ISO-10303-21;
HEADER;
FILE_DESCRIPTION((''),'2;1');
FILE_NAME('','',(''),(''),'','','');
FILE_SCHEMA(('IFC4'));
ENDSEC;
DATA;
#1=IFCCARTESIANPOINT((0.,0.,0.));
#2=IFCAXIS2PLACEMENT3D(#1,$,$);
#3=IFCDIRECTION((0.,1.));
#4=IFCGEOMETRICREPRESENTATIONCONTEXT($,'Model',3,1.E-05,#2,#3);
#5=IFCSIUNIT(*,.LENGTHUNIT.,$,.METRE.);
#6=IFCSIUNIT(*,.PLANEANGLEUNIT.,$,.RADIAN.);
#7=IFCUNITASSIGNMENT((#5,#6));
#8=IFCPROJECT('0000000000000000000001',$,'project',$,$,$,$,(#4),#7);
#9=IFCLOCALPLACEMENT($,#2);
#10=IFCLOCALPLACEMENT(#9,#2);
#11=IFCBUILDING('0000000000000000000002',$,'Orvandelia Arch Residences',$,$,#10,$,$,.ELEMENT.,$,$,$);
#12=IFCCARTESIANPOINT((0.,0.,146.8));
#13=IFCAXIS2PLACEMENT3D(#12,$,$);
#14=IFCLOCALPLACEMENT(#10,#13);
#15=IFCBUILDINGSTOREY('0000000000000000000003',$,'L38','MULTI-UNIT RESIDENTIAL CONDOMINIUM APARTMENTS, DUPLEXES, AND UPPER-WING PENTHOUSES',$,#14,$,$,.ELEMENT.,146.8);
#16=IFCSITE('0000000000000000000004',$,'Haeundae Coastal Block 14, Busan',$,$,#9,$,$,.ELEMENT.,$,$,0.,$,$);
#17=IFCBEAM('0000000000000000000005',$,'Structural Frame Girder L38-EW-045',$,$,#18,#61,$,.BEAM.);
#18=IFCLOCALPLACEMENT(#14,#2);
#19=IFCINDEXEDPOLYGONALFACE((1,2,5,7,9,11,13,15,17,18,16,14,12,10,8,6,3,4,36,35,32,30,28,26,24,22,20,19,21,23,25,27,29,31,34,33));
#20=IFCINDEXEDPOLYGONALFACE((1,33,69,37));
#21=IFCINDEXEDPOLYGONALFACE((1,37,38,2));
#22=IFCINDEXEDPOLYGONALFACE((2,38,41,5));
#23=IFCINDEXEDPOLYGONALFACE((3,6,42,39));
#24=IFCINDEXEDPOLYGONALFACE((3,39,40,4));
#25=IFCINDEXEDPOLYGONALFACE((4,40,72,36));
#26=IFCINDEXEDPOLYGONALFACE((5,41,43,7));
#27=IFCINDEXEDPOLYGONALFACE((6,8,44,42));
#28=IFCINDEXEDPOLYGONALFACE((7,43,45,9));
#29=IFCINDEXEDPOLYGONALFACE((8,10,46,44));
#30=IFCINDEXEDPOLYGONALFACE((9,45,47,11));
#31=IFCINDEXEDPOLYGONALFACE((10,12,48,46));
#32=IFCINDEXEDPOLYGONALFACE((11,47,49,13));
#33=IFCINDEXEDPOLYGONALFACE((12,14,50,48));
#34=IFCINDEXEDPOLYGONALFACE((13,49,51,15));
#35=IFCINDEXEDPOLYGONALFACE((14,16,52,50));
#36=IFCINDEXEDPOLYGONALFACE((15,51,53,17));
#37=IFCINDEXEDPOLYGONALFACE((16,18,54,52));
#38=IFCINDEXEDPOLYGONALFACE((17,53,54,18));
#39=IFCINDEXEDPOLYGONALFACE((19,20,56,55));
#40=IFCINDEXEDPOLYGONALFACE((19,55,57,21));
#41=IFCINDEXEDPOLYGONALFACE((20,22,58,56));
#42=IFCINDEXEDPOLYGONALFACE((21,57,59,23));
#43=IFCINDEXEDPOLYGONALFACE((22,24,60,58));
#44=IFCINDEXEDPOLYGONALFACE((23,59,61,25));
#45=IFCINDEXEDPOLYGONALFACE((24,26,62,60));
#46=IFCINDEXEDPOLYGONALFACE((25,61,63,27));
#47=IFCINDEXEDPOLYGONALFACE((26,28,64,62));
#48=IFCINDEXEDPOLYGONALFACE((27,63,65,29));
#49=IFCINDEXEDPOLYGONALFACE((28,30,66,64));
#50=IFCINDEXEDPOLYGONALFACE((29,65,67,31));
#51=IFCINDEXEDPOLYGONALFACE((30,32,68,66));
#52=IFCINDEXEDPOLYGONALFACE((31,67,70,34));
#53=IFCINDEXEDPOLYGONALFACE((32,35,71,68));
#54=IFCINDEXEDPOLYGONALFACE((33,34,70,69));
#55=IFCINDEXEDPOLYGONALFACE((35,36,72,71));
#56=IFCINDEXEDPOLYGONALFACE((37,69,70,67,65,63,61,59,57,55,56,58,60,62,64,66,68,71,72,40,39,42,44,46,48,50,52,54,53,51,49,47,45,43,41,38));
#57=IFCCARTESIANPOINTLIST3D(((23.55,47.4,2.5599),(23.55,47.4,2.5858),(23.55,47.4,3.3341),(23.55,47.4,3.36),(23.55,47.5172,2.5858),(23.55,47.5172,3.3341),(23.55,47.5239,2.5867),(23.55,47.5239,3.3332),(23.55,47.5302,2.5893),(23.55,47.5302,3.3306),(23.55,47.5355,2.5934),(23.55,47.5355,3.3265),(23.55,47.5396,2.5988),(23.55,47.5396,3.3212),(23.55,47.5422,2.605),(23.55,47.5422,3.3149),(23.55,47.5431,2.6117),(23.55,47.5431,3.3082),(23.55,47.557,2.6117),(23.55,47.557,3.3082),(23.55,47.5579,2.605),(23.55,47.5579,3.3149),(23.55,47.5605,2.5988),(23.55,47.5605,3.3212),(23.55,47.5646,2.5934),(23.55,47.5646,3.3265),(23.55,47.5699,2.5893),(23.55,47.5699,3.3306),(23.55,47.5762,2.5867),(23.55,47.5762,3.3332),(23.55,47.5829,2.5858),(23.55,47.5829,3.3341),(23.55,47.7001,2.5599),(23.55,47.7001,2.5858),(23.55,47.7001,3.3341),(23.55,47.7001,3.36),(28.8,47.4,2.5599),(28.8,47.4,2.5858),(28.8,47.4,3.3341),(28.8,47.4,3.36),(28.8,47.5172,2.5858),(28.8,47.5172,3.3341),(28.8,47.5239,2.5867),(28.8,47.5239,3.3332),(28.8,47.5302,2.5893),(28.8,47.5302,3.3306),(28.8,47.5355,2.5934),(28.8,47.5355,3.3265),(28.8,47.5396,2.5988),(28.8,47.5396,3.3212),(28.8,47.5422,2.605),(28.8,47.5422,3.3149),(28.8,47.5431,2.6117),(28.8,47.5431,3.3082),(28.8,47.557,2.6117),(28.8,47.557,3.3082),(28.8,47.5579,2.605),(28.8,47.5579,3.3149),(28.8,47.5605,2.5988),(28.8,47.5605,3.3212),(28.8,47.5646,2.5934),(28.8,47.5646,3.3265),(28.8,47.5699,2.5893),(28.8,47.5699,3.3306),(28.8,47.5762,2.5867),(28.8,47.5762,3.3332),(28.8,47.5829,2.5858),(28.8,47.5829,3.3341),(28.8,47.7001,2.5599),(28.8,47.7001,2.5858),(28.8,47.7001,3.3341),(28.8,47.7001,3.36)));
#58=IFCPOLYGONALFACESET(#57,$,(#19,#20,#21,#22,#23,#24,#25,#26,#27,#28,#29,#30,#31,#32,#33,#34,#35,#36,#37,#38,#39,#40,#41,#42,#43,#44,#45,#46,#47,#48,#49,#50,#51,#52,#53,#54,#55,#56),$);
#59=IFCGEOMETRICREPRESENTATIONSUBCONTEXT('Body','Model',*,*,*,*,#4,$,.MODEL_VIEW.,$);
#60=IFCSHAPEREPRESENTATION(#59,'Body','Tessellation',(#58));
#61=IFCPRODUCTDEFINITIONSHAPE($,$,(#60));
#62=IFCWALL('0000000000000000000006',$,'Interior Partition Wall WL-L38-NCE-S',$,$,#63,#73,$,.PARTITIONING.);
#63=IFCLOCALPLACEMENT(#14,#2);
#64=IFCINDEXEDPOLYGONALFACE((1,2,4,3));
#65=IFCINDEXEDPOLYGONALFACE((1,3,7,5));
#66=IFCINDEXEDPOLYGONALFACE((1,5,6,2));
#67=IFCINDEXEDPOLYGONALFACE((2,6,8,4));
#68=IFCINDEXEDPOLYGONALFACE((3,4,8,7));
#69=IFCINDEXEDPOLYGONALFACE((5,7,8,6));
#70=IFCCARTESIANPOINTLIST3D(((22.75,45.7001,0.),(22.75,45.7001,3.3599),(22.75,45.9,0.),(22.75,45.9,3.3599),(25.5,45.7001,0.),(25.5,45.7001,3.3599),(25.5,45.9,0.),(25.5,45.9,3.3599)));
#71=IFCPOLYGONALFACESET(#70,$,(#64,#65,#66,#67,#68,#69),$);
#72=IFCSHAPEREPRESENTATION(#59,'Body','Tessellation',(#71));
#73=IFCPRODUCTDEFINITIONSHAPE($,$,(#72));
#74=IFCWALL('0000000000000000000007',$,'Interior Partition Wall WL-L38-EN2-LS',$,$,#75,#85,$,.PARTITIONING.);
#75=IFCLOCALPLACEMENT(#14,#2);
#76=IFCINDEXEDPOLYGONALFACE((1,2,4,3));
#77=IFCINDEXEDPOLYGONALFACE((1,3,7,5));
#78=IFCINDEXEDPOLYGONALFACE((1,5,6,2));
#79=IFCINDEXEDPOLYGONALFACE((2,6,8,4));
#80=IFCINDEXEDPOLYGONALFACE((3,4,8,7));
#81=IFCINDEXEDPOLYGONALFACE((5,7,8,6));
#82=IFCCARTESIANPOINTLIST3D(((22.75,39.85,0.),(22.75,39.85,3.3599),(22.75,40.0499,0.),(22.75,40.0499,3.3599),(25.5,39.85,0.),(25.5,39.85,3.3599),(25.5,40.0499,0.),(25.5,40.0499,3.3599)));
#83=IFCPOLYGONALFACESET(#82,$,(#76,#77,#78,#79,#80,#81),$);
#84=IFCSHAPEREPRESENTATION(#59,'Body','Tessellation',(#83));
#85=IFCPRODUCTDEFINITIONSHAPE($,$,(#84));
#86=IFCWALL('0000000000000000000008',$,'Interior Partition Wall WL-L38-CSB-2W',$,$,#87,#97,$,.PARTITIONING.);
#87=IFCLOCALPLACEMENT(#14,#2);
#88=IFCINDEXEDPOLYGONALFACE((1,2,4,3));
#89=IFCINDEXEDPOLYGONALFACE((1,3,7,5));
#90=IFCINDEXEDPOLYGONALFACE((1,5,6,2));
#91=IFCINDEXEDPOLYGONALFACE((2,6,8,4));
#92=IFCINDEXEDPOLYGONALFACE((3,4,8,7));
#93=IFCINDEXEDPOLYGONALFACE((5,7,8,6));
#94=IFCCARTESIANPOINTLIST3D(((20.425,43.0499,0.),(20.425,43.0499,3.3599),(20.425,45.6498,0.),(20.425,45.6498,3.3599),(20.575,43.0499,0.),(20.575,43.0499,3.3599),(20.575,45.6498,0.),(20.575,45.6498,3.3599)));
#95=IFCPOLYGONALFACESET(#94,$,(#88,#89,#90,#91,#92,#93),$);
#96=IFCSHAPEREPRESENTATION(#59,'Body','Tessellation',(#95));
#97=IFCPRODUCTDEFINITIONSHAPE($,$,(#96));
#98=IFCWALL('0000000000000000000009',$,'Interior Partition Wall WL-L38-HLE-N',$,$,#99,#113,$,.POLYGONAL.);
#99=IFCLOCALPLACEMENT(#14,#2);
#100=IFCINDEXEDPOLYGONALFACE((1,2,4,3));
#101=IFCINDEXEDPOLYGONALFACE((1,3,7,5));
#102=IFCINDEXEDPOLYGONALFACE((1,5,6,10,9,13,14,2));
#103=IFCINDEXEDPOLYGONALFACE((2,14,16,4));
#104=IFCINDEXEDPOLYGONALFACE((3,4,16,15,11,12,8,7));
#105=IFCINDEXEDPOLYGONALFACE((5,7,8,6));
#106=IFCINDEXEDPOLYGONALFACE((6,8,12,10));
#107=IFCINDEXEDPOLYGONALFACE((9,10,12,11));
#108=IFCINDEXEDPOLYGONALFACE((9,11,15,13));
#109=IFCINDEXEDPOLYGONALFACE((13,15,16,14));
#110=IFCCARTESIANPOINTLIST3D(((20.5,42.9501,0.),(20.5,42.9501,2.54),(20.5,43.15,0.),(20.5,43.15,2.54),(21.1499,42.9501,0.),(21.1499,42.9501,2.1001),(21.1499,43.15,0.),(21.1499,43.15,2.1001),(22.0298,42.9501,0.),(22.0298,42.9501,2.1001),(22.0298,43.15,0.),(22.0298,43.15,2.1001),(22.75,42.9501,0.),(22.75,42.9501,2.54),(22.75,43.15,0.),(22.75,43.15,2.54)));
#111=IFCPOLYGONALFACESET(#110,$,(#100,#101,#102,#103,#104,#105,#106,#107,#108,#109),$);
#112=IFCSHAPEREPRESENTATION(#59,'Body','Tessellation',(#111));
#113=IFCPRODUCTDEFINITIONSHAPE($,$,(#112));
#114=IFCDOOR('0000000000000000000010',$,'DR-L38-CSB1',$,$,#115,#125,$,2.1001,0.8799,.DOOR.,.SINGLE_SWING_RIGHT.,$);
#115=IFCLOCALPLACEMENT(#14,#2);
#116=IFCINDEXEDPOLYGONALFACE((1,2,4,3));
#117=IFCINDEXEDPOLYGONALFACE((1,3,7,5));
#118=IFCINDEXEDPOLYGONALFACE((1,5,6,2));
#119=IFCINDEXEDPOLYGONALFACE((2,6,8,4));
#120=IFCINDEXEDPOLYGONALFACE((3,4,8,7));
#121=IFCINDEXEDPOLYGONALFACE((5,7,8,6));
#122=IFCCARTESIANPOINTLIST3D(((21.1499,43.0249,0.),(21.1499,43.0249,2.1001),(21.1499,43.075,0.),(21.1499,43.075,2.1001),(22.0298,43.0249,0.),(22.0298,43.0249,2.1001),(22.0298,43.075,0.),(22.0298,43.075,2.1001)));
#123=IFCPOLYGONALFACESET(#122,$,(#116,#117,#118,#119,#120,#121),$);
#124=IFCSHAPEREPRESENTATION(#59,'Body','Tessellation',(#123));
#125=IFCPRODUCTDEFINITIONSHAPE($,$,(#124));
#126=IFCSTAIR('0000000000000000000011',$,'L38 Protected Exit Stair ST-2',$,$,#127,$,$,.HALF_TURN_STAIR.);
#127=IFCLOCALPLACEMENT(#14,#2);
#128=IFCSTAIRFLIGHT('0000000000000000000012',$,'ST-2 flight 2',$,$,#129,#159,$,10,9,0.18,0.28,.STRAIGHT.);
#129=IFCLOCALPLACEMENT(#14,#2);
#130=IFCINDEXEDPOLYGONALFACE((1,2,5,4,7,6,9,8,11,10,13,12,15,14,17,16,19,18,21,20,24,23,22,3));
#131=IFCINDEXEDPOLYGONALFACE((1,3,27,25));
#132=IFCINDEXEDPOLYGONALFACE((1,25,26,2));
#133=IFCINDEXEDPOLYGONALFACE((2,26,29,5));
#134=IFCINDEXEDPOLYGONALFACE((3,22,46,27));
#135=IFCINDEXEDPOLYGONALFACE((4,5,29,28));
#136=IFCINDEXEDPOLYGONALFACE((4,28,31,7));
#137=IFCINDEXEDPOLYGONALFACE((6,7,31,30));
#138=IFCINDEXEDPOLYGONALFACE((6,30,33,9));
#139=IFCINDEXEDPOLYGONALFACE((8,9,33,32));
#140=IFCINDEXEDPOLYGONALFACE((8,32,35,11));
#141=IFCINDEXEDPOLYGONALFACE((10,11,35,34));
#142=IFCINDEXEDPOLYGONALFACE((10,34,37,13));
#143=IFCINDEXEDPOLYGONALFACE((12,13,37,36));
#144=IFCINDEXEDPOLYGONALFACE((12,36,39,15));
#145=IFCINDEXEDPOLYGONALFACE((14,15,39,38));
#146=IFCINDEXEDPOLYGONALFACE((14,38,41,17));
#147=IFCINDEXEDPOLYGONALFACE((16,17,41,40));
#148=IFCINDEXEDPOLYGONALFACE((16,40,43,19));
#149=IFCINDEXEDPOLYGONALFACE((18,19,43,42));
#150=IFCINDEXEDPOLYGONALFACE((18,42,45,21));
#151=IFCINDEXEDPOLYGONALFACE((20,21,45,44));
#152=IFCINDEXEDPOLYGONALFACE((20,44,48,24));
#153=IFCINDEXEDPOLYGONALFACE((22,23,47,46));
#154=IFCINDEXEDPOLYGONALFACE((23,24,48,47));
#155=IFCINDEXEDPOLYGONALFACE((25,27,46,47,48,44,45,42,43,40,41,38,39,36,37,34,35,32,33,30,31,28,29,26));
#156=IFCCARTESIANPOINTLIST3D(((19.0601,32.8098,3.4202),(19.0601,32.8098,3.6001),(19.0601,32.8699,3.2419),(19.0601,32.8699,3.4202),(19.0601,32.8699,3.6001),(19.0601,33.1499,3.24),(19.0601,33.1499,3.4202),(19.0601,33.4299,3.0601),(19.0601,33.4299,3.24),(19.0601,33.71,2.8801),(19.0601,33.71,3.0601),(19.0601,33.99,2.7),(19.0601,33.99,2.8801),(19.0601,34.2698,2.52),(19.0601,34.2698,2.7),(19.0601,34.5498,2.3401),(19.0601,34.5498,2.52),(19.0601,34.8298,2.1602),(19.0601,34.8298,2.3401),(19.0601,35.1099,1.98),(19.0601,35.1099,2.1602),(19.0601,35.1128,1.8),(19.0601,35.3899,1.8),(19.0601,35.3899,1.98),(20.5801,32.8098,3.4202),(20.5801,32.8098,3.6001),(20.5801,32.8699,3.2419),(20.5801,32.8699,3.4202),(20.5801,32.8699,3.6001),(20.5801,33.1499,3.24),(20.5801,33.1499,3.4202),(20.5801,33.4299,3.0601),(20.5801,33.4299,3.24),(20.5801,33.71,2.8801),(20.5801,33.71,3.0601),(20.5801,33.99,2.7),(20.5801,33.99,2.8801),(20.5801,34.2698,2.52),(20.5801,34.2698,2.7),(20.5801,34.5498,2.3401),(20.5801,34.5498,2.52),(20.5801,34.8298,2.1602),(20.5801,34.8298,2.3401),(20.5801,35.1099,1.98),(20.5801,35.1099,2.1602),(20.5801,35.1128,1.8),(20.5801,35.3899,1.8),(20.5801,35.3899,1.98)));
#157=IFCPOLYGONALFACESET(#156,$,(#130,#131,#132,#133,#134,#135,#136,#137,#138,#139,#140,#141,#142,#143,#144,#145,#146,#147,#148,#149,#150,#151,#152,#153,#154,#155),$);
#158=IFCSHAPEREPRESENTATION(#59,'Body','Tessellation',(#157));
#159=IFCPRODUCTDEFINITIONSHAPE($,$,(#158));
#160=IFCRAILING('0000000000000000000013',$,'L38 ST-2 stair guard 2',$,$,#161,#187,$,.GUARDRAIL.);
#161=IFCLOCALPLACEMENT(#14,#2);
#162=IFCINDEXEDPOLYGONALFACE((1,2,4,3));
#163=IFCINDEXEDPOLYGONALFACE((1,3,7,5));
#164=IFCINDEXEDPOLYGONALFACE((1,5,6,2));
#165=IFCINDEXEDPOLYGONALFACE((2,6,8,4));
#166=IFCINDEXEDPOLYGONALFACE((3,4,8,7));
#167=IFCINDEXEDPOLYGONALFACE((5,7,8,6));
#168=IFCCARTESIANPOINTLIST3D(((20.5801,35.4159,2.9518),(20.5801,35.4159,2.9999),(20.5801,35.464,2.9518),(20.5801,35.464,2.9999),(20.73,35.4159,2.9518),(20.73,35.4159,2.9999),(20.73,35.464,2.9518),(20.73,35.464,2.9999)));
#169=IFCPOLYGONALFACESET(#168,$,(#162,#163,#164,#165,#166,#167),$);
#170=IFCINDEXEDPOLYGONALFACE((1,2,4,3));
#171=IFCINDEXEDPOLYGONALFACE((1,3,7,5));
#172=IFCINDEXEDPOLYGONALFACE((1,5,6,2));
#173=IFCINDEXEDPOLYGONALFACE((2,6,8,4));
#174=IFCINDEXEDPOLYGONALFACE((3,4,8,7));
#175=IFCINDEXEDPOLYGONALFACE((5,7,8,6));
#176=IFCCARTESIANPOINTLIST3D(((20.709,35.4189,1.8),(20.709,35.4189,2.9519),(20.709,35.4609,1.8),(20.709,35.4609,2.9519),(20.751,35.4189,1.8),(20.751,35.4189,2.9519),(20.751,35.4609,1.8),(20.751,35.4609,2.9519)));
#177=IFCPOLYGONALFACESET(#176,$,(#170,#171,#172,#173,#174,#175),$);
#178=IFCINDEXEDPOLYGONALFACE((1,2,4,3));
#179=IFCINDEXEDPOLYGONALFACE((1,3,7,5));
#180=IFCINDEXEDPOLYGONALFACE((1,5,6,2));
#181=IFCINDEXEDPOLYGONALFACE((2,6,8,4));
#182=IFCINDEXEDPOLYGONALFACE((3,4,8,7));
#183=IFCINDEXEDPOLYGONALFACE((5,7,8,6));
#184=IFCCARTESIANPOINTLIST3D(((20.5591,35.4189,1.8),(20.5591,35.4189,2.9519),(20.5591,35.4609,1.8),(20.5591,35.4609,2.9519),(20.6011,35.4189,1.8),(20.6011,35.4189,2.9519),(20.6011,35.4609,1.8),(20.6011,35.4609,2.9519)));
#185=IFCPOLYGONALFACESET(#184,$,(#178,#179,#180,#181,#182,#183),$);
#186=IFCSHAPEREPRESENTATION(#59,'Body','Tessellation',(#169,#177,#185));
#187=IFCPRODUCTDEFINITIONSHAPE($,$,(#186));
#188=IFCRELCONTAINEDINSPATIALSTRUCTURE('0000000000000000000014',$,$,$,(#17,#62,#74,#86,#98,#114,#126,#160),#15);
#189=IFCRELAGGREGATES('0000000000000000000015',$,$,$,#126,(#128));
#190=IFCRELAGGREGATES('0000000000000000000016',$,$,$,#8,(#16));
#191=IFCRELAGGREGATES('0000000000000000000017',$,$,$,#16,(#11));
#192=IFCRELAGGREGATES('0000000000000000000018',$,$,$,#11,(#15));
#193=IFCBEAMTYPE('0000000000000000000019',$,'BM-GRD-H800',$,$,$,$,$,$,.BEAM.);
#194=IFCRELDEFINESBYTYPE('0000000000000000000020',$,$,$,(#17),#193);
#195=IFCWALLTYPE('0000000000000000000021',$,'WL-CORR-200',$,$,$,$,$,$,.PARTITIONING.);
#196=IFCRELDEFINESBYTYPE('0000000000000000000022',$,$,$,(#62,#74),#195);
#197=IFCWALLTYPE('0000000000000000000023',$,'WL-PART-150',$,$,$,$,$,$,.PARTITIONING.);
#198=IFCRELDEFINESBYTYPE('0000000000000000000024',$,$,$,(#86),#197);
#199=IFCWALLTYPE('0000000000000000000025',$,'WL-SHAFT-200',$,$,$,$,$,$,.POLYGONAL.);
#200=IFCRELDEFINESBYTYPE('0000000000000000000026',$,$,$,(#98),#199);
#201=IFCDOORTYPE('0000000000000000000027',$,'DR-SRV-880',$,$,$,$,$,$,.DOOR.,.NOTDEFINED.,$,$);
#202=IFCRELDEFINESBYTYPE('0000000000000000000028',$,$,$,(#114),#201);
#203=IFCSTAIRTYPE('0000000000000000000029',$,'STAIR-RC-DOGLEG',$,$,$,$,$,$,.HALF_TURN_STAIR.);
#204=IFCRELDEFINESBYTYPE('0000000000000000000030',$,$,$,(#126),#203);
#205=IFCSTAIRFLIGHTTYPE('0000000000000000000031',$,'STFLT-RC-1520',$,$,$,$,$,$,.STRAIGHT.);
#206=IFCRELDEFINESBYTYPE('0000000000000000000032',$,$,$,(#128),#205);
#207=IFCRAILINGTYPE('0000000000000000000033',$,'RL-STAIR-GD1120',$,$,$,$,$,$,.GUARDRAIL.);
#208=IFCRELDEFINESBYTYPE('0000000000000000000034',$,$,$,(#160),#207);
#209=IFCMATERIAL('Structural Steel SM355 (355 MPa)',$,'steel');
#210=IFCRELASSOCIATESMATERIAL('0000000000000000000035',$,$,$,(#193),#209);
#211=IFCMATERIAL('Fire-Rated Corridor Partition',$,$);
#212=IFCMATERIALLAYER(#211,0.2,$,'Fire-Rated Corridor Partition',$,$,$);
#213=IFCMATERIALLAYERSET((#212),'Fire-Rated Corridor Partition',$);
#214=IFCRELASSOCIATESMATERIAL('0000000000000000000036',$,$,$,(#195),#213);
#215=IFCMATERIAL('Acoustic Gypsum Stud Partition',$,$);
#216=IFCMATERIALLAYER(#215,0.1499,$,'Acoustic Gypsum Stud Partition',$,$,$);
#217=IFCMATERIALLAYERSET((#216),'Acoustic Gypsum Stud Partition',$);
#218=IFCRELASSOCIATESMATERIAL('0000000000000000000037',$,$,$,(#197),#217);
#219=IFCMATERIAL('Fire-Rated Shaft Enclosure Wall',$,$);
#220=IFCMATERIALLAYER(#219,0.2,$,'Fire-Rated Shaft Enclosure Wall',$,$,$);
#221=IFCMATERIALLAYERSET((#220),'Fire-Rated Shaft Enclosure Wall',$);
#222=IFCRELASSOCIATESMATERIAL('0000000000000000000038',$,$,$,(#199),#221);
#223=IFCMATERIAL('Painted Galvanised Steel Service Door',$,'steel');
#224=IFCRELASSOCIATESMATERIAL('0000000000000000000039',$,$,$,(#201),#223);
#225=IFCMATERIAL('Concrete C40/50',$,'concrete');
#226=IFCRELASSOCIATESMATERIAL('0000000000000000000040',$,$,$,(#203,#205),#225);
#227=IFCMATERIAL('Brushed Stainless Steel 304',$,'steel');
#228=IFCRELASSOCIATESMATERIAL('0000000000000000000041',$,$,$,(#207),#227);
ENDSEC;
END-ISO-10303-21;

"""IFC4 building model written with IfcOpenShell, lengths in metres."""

from ifc_helpers import new_model, si_unit, direction, frame, frame_2d, origin, origin_2d, place, context, subcontext, project, spatial, polyline, rectangle, i_section, outline, extrude, material, layer, layer_set, material_profile, profile_set, type_object, element, fill, aggregate, save


model = new_model("IFC4")

# Units and contexts
model_context = context("Model", 3, precision=1e-05, world=origin(), true_north=direction((0.0, 1.0)))
body_context = subcontext(model_context, "Body", "Model", "MODEL_VIEW")
ifc_project = project(units=[si_unit("LENGTHUNIT", "METRE"), si_unit("PLANEANGLEUNIT", "RADIAN")], contexts=[model_context])

# Site, building, storey
site_placement = place(None, origin())
site = spatial("IfcSite", under=ifc_project, at=site_placement, Name="Haeundae Coastal Block 14, Busan", CompositionType="ELEMENT", RefElevation=0.0)
building_placement = place(site_placement, origin())
building = spatial("IfcBuilding", under=site, at=building_placement, Name="Orvandelia Arch Residences", CompositionType="ELEMENT")
storey_placement = place(building_placement, frame((0.0, 0.0, 146.8)))
storey = spatial("IfcBuildingStorey", under=building, at=storey_placement, Name="L38", Description="MULTI-UNIT RESIDENTIAL CONDOMINIUM APARTMENTS, DUPLEXES, AND UPPER-WING PENTHOUSES", CompositionType="ELEMENT", Elevation=146.8)

# Beam
ifc_material_1 = material(Name="Structural Steel SM355 (355 MPa)", Category="steel")
ifc_material_profile_1 = material_profile(ifc_material_1, i_section(OverallWidth=0.3, OverallDepth=0.8, WebThickness=0.0139, FlangeThickness=0.0259, FilletRadius=0.0259, at=origin_2d()), Name="Structural Steel SM355 (355 MPa)", Category="steel")
ifc_profile_set_1 = profile_set([ifc_material_profile_1], Name="Structural Steel SM355 (355 MPa)")
beam_type = type_object("IfcBeamType", Name="BM-GRD-H800", PredefinedType="BEAM", material=ifc_profile_set_1)
beam_1_placement = place(storey_placement, frame((23.55, 47.55, 2.96), z_axis=(1.0, 0.0, 0.0), x_axis=(0.0, 1.0, 0.0)))
element("IfcBeam", 1, at=beam_1_placement, inside=storey, type_object=beam_type, Name="Structural Frame Girder L38-EW-045", PredefinedType="BEAM", context=body_context, shape_type="SweptSolid", body=[
    extrude(i_section(OverallWidth=0.3, OverallDepth=0.8, WebThickness=0.0139, FlangeThickness=0.0259, FilletRadius=0.0259, at=origin_2d()), origin(), (0.0, 0.0, 1.0), 5.25),
])

# Walls
ifc_material_2 = material(Name="Fire-Rated Corridor Partition")
ifc_layer_1 = layer(ifc_material_2, 0.2, Name="Fire-Rated Corridor Partition")
ifc_layer_set_1 = layer_set([ifc_layer_1], Name="Fire-Rated Corridor Partition")
wall_type_1 = type_object("IfcWallType", Name="WL-CORR-200", PredefinedType="PARTITIONING", material=ifc_layer_set_1)
for number, where, z_axis, x_axis, name in (
    (2, (22.75, 45.8, 0.0), (0.0, 0.0, 1.0), (1.0, 0.0, 0.0), "Interior Partition Wall WL-L38-NCE-S"),
    (3, (22.75, 39.95, 0.0), (0.0, 0.0, 1.0), (1.0, 0.0, 0.0), "Interior Partition Wall WL-L38-EN2-LS"),
):
    element("IfcWall", number, at=place(storey_placement, frame(where, z_axis=z_axis, x_axis=x_axis)), inside=storey, type_object=wall_type_1, Name=name, PredefinedType="PARTITIONING", context=body_context, shape_type="SweptSolid", body=[
        extrude(rectangle(XDim=2.75, YDim=0.2, at=frame_2d((1.375, 0.0))), origin(), (0.0, 0.0, 1.0), 3.3599),
    ])
ifc_material_3 = material(Name="Acoustic Gypsum Stud Partition")
ifc_layer_2 = layer(ifc_material_3, 0.1499, Name="Acoustic Gypsum Stud Partition")
ifc_layer_set_2 = layer_set([ifc_layer_2], Name="Acoustic Gypsum Stud Partition")
wall_type_2 = type_object("IfcWallType", Name="WL-PART-150", PredefinedType="PARTITIONING", material=ifc_layer_set_2)
wall_1_placement = place(storey_placement, frame((20.5, 43.05, 0.0), z_axis=(0.0, 0.0, 1.0), x_axis=(0.0, 1.0, 0.0)))
element("IfcWall", 4, at=wall_1_placement, inside=storey, type_object=wall_type_2, Name="Interior Partition Wall WL-L38-CSB-2W", PredefinedType="PARTITIONING", context=body_context, shape_type="SweptSolid", body=[
    extrude(rectangle(XDim=2.5999, YDim=0.1499, at=frame_2d((1.2998, 0.0))), origin(), (0.0, 0.0, 1.0), 3.3599),
])

# Wall, opening, door
ifc_material_4 = material(Name="Fire-Rated Shaft Enclosure Wall")
ifc_layer_3 = layer(ifc_material_4, 0.2, Name="Fire-Rated Shaft Enclosure Wall")
ifc_layer_set_3 = layer_set([ifc_layer_3], Name="Fire-Rated Shaft Enclosure Wall")
wall_type_3 = type_object("IfcWallType", Name="WL-SHAFT-200", PredefinedType="POLYGONAL", material=ifc_layer_set_3)
wall_2_placement = place(storey_placement, frame((20.5, 43.05, 0.0), z_axis=(0.0, 0.0, 1.0), x_axis=(1.0, 0.0, 0.0)))
wall_2 = element("IfcWall", 5, at=wall_2_placement, inside=storey, type_object=wall_type_3, Name="Interior Partition Wall WL-L38-HLE-N", PredefinedType="POLYGONAL", context=body_context, shape_type="SweptSolid", body=[
    extrude(rectangle(XDim=2.25, YDim=0.2, at=frame_2d((1.125, 0.0))), origin(), (0.0, 0.0, 1.0), 2.54),
])
opening_placement = place(wall_2_placement, frame((0.6499, 0.0, 0.0)))
opening = element("IfcOpeningElement", 6, at=opening_placement, cuts=wall_2, PredefinedType="OPENING", context=body_context, shape_type="SweptSolid", body=[
    extrude(rectangle(XDim=0.8799, YDim=2.1001, at=frame_2d((0.4399, 1.05))), frame((0.0, 0.1099, 0.0), z_axis=(0.0, -1.0, 0.0), x_axis=(1.0, 0.0, 0.0)), (0.0, 0.0, 1.0), 0.22),
])
ifc_material_5 = material(Name="Painted Galvanised Steel Service Door", Category="steel")
door_type = type_object("IfcDoorType", Name="DR-SRV-880", OperationType="NOTDEFINED", PredefinedType="DOOR", material=ifc_material_5)
door_placement = place(opening_placement, origin())
door = element("IfcDoor", 7, at=door_placement, inside=storey, type_object=door_type, Name="DR-L38-CSB1", OperationType="SINGLE_SWING_RIGHT", OverallHeight=2.1001, OverallWidth=0.8799, PredefinedType="DOOR", context=body_context, shape_type="SweptSolid", body=[
    extrude(rectangle(XDim=0.8799, YDim=2.1001, at=frame_2d((0.4399, 1.05))), frame((0.0, 0.0249, 0.0), z_axis=(0.0, -1.0, 0.0), x_axis=(1.0, 0.0, 0.0)), (0.0, 0.0, 1.0), 0.05),
])
fill(opening, door)

# Stair, stair flight
ifc_material_6 = material(Name="Concrete C40/50", Category="concrete")
stair_type = type_object("IfcStairType", Name="STAIR-RC-DOGLEG", PredefinedType="HALF_TURN_STAIR", material=ifc_material_6)
stair_placement = place(storey_placement, origin())
stair = element("IfcStair", 8, at=stair_placement, inside=storey, type_object=stair_type, Name="L38 Protected Exit Stair ST-2", PredefinedType="HALF_TURN_STAIR")
stair_flight_type = type_object("IfcStairFlightType", Name="STFLT-RC-1520", PredefinedType="STRAIGHT", material=ifc_material_6)
stair_flight_placement = place(storey_placement, frame((19.8201, 35.3899, 1.8), z_axis=(0.0, 0.0, 1.0), x_axis=(0.0, -1.0, 0.0)))
stair_flight = element("IfcStairFlight", 9, at=stair_flight_placement, type_object=stair_flight_type, Name="ST-2 flight 2", NumberOfRisers=10, NumberOfTreads=9, PredefinedType="STRAIGHT", RiserHeight=0.18, TreadLength=0.28, context=body_context, shape_type="SweptSolid", body=[
    extrude(outline(polyline([(0.0, 0.0), (0.0, 0.1799), (0.28, 0.1799), (0.28, 0.3601), (0.5601, 0.3601), (0.5601, 0.54), (0.8401, 0.54), (0.8401, 0.72), (1.1201, 0.72), (1.1201, 0.8999), (1.3999, 0.8999), (1.3999, 1.0801), (1.6799, 1.0801), (1.6799, 1.26), (1.96, 1.26), (1.96, 1.4399), (2.24, 1.4399), (2.24, 1.6201), (2.52, 1.6201), (2.52, 1.8), (2.5801, 1.8), (2.5801, 1.6201), (2.52, 1.4419), (0.2771, 0.0), (0.0, 0.0)])), frame((0.0, 0.76, 0.0), z_axis=(0.0, -1.0, 0.0), x_axis=(1.0, 0.0, 0.0)), (0.0, 0.0, 1.0), 1.52),
])
aggregate(stair, [stair_flight])

# Railing
ifc_material_7 = material(Name="Brushed Stainless Steel 304", Category="steel")
railing_type_1 = type_object("IfcRailingType", Name="RL-STAIR-GD1120", PredefinedType="GUARDRAIL", material=ifc_material_7)
railing_1_placement = place(storey_placement, frame((20.73, 35.4399, 1.8)))
element("IfcRailing", 10, at=railing_1_placement, inside=storey, type_object=railing_type_1, Name="L38 ST-2 stair guard 2", PredefinedType="GUARDRAIL", context=body_context, shape_type="SweptSolid", body=[
    extrude(rectangle(XDim=0.0481, YDim=0.0481, at=origin_2d()), frame((0.0, 0.0, 1.1758), z_axis=(-1.0, 0.0, 0.0), x_axis=(0.0, -1.0, 0.0)), (0.0, 0.0, 1.0), 0.1499),
    extrude(rectangle(XDim=0.042, YDim=0.042, at=origin_2d()), origin(), (0.0, 0.0, 1.0), 1.1519),
    extrude(rectangle(XDim=0.042, YDim=0.042, at=origin_2d()), frame((-0.1499, 0.0, 0.0)), (0.0, 0.0, 1.0), 1.1519),
])

save(model, "model.ifc")
